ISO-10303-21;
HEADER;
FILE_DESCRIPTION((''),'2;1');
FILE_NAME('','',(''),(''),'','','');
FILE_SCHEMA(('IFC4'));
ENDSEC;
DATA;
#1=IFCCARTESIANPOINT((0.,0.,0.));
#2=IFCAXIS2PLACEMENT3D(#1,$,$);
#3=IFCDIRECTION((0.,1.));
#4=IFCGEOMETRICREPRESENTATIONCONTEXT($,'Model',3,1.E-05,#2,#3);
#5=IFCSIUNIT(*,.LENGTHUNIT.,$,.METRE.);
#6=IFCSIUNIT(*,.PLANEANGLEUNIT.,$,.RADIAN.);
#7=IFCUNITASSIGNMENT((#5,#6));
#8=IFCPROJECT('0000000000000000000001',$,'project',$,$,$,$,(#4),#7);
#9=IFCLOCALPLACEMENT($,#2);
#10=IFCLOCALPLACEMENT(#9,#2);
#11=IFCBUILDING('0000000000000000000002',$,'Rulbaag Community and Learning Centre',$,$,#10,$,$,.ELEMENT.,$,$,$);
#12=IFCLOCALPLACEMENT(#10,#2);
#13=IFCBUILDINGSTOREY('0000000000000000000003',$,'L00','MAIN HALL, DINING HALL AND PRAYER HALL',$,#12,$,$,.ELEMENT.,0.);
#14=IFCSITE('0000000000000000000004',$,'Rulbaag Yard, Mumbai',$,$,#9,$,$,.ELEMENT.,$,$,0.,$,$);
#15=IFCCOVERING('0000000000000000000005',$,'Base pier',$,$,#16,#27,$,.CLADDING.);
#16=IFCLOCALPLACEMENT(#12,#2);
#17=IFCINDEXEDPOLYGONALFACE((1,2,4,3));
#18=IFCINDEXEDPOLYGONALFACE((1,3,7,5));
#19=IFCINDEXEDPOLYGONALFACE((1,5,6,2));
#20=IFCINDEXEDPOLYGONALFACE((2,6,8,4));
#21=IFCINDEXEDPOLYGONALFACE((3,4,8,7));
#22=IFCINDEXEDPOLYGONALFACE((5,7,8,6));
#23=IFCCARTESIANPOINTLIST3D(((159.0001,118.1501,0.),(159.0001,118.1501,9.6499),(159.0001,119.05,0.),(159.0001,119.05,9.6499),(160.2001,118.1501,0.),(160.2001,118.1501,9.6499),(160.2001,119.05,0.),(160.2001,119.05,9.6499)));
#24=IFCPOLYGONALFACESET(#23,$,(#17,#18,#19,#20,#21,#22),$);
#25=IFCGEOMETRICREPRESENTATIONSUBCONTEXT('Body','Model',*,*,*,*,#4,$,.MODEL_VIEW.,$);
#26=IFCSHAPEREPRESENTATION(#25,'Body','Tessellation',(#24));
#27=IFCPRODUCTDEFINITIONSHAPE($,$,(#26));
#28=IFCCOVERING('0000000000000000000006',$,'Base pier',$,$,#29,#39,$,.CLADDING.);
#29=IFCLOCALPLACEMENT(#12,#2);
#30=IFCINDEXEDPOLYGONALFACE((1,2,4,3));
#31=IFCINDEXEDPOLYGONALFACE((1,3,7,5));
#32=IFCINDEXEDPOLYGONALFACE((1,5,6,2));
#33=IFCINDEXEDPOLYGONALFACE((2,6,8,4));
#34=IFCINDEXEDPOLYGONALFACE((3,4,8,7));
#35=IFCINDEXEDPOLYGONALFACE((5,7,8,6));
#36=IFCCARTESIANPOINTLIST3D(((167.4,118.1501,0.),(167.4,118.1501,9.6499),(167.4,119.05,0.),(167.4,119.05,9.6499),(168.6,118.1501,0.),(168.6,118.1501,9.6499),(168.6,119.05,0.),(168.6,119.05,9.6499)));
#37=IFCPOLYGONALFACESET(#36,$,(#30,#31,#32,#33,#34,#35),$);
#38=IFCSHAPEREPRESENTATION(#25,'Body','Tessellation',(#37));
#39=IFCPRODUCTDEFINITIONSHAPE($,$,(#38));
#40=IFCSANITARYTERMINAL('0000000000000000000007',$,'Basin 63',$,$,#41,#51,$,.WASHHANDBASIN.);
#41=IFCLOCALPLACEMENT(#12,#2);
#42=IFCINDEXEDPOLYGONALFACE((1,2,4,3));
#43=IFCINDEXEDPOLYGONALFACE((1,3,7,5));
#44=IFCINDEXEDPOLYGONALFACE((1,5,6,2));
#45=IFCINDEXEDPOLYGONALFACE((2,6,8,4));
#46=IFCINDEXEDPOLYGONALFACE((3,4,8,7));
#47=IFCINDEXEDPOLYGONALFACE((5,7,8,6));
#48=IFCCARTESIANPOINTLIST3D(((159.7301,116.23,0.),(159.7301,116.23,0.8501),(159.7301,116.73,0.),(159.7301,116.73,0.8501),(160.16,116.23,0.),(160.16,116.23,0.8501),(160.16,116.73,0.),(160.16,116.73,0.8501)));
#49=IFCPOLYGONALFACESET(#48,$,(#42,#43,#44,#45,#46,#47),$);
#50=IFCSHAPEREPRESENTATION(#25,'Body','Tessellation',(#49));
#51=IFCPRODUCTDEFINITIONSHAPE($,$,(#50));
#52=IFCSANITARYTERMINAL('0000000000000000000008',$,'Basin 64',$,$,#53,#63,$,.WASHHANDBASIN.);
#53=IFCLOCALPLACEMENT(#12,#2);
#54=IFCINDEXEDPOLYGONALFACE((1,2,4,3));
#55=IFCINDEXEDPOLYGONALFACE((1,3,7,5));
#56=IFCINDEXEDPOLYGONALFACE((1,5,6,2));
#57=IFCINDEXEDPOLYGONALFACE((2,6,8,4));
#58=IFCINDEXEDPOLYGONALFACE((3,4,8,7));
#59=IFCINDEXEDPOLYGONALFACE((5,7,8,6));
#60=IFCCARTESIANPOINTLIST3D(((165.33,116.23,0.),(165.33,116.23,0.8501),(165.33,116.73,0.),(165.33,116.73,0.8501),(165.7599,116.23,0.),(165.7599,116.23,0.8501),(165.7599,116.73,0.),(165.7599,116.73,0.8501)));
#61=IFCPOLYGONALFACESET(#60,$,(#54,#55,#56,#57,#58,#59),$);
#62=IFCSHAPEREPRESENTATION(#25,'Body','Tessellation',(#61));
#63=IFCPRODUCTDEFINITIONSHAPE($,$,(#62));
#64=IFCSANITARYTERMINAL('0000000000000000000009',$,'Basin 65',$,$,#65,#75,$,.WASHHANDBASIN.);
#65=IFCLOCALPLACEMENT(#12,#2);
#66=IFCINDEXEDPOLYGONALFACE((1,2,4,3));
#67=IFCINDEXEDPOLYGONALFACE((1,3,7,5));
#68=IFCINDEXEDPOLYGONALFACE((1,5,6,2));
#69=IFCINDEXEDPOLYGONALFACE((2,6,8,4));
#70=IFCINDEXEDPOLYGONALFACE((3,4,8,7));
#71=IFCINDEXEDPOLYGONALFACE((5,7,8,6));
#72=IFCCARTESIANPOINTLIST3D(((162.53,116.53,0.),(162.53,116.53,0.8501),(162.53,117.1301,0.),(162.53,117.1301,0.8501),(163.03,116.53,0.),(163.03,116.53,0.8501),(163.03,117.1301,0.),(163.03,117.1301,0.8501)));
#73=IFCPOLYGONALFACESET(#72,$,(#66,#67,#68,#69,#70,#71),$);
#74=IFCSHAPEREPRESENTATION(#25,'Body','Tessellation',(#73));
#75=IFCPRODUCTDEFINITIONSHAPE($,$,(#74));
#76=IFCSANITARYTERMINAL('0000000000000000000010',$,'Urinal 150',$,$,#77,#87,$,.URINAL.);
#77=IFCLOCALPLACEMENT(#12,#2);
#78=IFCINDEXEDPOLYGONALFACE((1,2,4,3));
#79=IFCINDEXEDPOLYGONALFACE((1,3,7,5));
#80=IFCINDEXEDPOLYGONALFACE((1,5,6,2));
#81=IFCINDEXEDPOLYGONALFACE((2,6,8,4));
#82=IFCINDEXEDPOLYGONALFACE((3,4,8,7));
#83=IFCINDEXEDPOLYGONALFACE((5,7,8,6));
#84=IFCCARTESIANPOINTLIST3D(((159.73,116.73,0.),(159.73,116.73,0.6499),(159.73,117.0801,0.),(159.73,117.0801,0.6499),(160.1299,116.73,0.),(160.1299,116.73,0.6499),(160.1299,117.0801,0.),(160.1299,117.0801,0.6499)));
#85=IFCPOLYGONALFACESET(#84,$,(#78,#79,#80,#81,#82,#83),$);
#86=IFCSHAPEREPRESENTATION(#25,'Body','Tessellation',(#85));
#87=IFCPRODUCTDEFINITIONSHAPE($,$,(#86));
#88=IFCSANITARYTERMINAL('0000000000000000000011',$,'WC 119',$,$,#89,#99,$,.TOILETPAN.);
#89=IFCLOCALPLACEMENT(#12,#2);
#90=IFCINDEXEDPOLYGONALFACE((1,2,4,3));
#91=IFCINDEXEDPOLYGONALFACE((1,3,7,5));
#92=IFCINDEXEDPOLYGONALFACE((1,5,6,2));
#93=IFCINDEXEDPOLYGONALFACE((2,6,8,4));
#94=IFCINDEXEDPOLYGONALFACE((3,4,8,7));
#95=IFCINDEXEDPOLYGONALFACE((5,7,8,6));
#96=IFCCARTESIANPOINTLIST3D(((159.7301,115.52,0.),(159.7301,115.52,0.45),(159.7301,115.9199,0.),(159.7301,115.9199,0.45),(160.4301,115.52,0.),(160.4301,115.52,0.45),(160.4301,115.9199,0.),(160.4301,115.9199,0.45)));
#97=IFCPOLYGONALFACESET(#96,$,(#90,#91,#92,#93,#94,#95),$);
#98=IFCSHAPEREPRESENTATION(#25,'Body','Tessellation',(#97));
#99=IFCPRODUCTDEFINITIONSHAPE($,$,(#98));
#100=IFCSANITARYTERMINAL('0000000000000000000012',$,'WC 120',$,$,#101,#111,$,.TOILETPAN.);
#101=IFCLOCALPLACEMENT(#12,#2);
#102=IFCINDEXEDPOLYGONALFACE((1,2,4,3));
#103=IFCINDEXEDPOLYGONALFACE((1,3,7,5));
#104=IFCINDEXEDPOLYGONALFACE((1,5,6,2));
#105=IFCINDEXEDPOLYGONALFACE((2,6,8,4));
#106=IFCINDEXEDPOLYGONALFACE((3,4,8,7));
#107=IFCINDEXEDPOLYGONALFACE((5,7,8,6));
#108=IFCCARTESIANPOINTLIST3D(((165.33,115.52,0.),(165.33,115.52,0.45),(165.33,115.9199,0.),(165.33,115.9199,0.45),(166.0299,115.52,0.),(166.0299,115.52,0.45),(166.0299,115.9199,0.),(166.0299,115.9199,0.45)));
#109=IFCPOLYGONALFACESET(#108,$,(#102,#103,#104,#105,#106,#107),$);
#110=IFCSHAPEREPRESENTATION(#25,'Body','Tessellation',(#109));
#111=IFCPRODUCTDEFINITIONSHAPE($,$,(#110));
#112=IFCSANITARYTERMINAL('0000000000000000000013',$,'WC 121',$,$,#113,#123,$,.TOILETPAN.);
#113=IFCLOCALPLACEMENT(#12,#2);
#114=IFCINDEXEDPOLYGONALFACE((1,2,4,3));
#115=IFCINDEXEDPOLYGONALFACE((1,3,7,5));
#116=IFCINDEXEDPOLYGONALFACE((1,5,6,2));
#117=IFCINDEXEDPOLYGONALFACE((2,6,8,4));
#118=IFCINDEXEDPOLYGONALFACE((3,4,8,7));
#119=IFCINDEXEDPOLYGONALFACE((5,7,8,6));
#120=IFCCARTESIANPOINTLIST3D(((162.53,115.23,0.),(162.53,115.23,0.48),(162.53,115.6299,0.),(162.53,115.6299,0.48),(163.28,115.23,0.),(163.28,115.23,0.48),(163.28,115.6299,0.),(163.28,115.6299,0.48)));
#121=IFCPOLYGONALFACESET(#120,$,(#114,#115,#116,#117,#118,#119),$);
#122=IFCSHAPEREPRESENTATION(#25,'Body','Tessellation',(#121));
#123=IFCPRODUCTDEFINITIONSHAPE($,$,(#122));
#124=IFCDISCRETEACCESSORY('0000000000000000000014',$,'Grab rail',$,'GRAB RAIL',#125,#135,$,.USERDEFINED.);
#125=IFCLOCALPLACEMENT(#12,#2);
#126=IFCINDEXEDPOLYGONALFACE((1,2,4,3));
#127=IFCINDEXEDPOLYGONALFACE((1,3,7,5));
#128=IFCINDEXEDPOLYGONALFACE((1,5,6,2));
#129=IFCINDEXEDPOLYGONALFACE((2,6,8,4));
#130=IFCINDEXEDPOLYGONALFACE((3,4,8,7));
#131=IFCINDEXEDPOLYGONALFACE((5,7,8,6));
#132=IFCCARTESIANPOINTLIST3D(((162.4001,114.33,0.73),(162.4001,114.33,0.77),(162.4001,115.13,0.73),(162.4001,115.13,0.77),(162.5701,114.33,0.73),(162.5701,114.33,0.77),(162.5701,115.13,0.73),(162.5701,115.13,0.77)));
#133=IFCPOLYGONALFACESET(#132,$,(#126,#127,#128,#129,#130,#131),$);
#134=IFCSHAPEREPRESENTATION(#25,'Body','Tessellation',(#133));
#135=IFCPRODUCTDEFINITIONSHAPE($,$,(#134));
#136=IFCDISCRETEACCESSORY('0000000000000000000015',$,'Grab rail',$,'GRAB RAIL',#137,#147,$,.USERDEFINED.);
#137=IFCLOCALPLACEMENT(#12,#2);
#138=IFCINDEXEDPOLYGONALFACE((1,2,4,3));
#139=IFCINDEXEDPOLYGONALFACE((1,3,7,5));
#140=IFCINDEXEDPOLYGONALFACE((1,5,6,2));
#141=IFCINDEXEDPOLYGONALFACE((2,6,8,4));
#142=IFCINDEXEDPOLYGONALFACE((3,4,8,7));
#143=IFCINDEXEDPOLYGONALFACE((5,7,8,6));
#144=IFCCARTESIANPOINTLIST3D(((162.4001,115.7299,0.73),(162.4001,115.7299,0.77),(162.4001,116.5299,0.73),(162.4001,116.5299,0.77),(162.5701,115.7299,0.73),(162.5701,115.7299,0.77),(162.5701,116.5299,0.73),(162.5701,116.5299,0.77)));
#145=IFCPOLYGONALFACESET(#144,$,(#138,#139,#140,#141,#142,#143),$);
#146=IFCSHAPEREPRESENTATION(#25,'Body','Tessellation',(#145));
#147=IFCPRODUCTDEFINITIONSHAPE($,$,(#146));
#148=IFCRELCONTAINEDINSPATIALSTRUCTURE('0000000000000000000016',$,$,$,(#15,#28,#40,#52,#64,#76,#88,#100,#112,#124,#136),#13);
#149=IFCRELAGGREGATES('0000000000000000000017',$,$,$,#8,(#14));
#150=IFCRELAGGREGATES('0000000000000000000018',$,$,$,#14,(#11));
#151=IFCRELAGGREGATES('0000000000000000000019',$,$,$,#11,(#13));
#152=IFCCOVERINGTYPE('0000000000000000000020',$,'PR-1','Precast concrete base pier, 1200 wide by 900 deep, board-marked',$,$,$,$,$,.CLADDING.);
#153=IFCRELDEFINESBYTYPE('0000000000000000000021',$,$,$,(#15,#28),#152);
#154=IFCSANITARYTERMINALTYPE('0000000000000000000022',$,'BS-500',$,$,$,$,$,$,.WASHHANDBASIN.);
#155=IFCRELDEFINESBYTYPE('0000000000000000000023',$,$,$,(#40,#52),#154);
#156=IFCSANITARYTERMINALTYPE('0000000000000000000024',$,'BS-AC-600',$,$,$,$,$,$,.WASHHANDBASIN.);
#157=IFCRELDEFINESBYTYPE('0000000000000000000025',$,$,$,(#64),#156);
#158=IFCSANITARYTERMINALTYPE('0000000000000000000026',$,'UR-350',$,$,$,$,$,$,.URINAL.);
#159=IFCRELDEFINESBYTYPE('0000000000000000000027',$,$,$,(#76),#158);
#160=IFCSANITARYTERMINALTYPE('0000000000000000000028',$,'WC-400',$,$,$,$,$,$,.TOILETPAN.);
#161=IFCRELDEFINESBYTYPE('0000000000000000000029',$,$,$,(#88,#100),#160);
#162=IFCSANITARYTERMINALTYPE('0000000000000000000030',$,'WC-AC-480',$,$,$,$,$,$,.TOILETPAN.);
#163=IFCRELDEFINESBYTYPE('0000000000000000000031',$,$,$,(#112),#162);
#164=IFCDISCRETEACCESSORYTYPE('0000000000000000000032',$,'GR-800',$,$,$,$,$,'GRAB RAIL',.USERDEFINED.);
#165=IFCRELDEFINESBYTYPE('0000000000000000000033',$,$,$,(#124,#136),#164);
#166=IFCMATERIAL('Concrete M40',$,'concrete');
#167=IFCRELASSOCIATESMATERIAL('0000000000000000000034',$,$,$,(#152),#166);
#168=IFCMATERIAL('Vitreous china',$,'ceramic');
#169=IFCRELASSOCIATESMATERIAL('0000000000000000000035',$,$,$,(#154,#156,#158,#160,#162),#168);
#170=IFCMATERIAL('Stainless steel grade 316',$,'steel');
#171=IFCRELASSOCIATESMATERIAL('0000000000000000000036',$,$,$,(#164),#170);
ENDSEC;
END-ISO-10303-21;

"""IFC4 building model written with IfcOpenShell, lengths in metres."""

from ifc_helpers import new_model, si_unit, direction, frame, origin, origin_2d, place, context, subcontext, project, spatial, rectangle, extrude, material, type_object, element, save


model = new_model("IFC4")

# Units and contexts
model_context = context("Model", 3, precision=1e-05, world=origin(), true_north=direction((0.0, 1.0)))
body_context = subcontext(model_context, "Body", "Model", "MODEL_VIEW")
ifc_project = project(units=[si_unit("LENGTHUNIT", "METRE"), si_unit("PLANEANGLEUNIT", "RADIAN")], contexts=[model_context])

# Site, building, storey
site_placement = place(None, origin())
site = spatial("IfcSite", under=ifc_project, at=site_placement, Name="Rulbaag Yard, Mumbai", CompositionType="ELEMENT", RefElevation=0.0)
building_placement = place(site_placement, origin())
building = spatial("IfcBuilding", under=site, at=building_placement, Name="Rulbaag Community and Learning Centre", CompositionType="ELEMENT")
storey_placement = place(building_placement, origin())
storey = spatial("IfcBuildingStorey", under=building, at=storey_placement, Name="L00", Description="MAIN HALL, DINING HALL AND PRAYER HALL", CompositionType="ELEMENT", Elevation=0.0)

# Shared definitions
ifc_material_1 = material(Name="Concrete M40", Category="concrete")

# Coverings
covering_type = type_object("IfcCoveringType", Name="PR-1", Description="Precast concrete base pier, 1200 wide by 900 deep, board-marked", PredefinedType="CLADDING", material=ifc_material_1)
for number, where, z_axis, x_axis, name in (
    (1, (159.6001, 118.6001, 0.0), (0.0, 0.0, 1.0), (1.0, 0.0, 0.0), "Base pier"),
    (2, (168.0, 118.6001, 0.0), (0.0, 0.0, 1.0), (1.0, 0.0, 0.0), "Base pier"),
):
    element("IfcCovering", number, at=place(storey_placement, frame(where, z_axis=z_axis, x_axis=x_axis)), inside=storey, type_object=covering_type, Name=name, PredefinedType="CLADDING", context=body_context, shape_type="SweptSolid", body=[
        extrude(rectangle(XDim=1.2, YDim=0.8999, at=origin_2d()), origin(), (0.0, 0.0, 1.0), 9.6499),
    ])

# Sanitary terminals
ifc_material_2 = material(Name="Vitreous china", Category="ceramic")
sanitary_terminal_type_1 = type_object("IfcSanitaryTerminalType", Name="BS-500", PredefinedType="WASHHANDBASIN", material=ifc_material_2)
for number, where, z_axis, x_axis, name in (
    (3, (159.9451, 116.48, 0.0), (0.0, 0.0, 1.0), (1.0, 0.0, 0.0), "Basin 63"),
    (4, (165.5449, 116.48, 0.0), (0.0, 0.0, 1.0), (1.0, 0.0, 0.0), "Basin 64"),
):
    element("IfcSanitaryTerminal", number, at=place(storey_placement, frame(where, z_axis=z_axis, x_axis=x_axis)), inside=storey, type_object=sanitary_terminal_type_1, Name=name, PredefinedType="WASHHANDBASIN", context=body_context, shape_type="SweptSolid", body=[
        extrude(rectangle(XDim=0.4299, YDim=0.5, at=origin_2d()), origin(), (0.0, 0.0, 1.0), 0.8501),
    ])
sanitary_terminal_type_2 = type_object("IfcSanitaryTerminalType", Name="BS-AC-600", PredefinedType="WASHHANDBASIN", material=ifc_material_2)
sanitary_terminal_1_placement = place(storey_placement, frame((162.78, 116.8301, 0.0), z_axis=(0.0, 0.0, 1.0), x_axis=(1.0, 0.0, 0.0)))
element("IfcSanitaryTerminal", 5, at=sanitary_terminal_1_placement, inside=storey, type_object=sanitary_terminal_type_2, Name="Basin 65", PredefinedType="WASHHANDBASIN", context=body_context, shape_type="SweptSolid", body=[
    extrude(rectangle(XDim=0.5, YDim=0.6001, at=origin_2d()), origin(), (0.0, 0.0, 1.0), 0.8501),
])
sanitary_terminal_type_3 = type_object("IfcSanitaryTerminalType", Name="UR-350", PredefinedType="URINAL", material=ifc_material_2)
sanitary_terminal_2_placement = place(storey_placement, frame((159.9299, 116.905, 0.0), z_axis=(0.0, 0.0, 1.0), x_axis=(1.0, 0.0, 0.0)))
element("IfcSanitaryTerminal", 6, at=sanitary_terminal_2_placement, inside=storey, type_object=sanitary_terminal_type_3, Name="Urinal 150", PredefinedType="URINAL", context=body_context, shape_type="SweptSolid", body=[
    extrude(rectangle(XDim=0.3999, YDim=0.3501, at=origin_2d()), origin(), (0.0, 0.0, 1.0), 0.6499),
])
sanitary_terminal_type_4 = type_object("IfcSanitaryTerminalType", Name="WC-400", PredefinedType="TOILETPAN", material=ifc_material_2)
for number, where, z_axis, x_axis, name in (
    (7, (160.0801, 115.72, 0.0), (0.0, 0.0, 1.0), (1.0, 0.0, 0.0), "WC 119"),
    (8, (165.6799, 115.72, 0.0), (0.0, 0.0, 1.0), (1.0, 0.0, 0.0), "WC 120"),
):
    element("IfcSanitaryTerminal", number, at=place(storey_placement, frame(where, z_axis=z_axis, x_axis=x_axis)), inside=storey, type_object=sanitary_terminal_type_4, Name=name, PredefinedType="TOILETPAN", context=body_context, shape_type="SweptSolid", body=[
        extrude(rectangle(XDim=0.7, YDim=0.3999, at=origin_2d()), origin(), (0.0, 0.0, 1.0), 0.45),
    ])
sanitary_terminal_type_5 = type_object("IfcSanitaryTerminalType", Name="WC-AC-480", PredefinedType="TOILETPAN", material=ifc_material_2)
sanitary_terminal_3_placement = place(storey_placement, frame((162.905, 115.4299, 0.0), z_axis=(0.0, 0.0, 1.0), x_axis=(1.0, 0.0, 0.0)))
element("IfcSanitaryTerminal", 9, at=sanitary_terminal_3_placement, inside=storey, type_object=sanitary_terminal_type_5, Name="WC 121", PredefinedType="TOILETPAN", context=body_context, shape_type="SweptSolid", body=[
    extrude(rectangle(XDim=0.75, YDim=0.3999, at=origin_2d()), origin(), (0.0, 0.0, 1.0), 0.48),
])

# Discrete accessories
ifc_material_3 = material(Name="Stainless steel grade 316", Category="steel")
discrete_accessory_type = type_object("IfcDiscreteAccessoryType", Name="GR-800", ElementType="GRAB RAIL", PredefinedType="USERDEFINED", material=ifc_material_3)
for number, where, z_axis, x_axis, name in (
    (10, (162.4851, 114.73, 0.73), (0.0, 0.0, 1.0), (1.0, 0.0, 0.0), "Grab rail"),
    (11, (162.4851, 116.1299, 0.73), (0.0, 0.0, 1.0), (1.0, 0.0, 0.0), "Grab rail"),
):
    element("IfcDiscreteAccessory", number, at=place(storey_placement, frame(where, z_axis=z_axis, x_axis=x_axis)), inside=storey, type_object=discrete_accessory_type, Name=name, ObjectType="GRAB RAIL", PredefinedType="USERDEFINED", context=body_context, shape_type="SweptSolid", body=[
        extrude(rectangle(XDim=0.1699, YDim=0.8, at=origin_2d()), origin(), (0.0, 0.0, 1.0), 0.04),
    ])

save(model, "model.ifc")
